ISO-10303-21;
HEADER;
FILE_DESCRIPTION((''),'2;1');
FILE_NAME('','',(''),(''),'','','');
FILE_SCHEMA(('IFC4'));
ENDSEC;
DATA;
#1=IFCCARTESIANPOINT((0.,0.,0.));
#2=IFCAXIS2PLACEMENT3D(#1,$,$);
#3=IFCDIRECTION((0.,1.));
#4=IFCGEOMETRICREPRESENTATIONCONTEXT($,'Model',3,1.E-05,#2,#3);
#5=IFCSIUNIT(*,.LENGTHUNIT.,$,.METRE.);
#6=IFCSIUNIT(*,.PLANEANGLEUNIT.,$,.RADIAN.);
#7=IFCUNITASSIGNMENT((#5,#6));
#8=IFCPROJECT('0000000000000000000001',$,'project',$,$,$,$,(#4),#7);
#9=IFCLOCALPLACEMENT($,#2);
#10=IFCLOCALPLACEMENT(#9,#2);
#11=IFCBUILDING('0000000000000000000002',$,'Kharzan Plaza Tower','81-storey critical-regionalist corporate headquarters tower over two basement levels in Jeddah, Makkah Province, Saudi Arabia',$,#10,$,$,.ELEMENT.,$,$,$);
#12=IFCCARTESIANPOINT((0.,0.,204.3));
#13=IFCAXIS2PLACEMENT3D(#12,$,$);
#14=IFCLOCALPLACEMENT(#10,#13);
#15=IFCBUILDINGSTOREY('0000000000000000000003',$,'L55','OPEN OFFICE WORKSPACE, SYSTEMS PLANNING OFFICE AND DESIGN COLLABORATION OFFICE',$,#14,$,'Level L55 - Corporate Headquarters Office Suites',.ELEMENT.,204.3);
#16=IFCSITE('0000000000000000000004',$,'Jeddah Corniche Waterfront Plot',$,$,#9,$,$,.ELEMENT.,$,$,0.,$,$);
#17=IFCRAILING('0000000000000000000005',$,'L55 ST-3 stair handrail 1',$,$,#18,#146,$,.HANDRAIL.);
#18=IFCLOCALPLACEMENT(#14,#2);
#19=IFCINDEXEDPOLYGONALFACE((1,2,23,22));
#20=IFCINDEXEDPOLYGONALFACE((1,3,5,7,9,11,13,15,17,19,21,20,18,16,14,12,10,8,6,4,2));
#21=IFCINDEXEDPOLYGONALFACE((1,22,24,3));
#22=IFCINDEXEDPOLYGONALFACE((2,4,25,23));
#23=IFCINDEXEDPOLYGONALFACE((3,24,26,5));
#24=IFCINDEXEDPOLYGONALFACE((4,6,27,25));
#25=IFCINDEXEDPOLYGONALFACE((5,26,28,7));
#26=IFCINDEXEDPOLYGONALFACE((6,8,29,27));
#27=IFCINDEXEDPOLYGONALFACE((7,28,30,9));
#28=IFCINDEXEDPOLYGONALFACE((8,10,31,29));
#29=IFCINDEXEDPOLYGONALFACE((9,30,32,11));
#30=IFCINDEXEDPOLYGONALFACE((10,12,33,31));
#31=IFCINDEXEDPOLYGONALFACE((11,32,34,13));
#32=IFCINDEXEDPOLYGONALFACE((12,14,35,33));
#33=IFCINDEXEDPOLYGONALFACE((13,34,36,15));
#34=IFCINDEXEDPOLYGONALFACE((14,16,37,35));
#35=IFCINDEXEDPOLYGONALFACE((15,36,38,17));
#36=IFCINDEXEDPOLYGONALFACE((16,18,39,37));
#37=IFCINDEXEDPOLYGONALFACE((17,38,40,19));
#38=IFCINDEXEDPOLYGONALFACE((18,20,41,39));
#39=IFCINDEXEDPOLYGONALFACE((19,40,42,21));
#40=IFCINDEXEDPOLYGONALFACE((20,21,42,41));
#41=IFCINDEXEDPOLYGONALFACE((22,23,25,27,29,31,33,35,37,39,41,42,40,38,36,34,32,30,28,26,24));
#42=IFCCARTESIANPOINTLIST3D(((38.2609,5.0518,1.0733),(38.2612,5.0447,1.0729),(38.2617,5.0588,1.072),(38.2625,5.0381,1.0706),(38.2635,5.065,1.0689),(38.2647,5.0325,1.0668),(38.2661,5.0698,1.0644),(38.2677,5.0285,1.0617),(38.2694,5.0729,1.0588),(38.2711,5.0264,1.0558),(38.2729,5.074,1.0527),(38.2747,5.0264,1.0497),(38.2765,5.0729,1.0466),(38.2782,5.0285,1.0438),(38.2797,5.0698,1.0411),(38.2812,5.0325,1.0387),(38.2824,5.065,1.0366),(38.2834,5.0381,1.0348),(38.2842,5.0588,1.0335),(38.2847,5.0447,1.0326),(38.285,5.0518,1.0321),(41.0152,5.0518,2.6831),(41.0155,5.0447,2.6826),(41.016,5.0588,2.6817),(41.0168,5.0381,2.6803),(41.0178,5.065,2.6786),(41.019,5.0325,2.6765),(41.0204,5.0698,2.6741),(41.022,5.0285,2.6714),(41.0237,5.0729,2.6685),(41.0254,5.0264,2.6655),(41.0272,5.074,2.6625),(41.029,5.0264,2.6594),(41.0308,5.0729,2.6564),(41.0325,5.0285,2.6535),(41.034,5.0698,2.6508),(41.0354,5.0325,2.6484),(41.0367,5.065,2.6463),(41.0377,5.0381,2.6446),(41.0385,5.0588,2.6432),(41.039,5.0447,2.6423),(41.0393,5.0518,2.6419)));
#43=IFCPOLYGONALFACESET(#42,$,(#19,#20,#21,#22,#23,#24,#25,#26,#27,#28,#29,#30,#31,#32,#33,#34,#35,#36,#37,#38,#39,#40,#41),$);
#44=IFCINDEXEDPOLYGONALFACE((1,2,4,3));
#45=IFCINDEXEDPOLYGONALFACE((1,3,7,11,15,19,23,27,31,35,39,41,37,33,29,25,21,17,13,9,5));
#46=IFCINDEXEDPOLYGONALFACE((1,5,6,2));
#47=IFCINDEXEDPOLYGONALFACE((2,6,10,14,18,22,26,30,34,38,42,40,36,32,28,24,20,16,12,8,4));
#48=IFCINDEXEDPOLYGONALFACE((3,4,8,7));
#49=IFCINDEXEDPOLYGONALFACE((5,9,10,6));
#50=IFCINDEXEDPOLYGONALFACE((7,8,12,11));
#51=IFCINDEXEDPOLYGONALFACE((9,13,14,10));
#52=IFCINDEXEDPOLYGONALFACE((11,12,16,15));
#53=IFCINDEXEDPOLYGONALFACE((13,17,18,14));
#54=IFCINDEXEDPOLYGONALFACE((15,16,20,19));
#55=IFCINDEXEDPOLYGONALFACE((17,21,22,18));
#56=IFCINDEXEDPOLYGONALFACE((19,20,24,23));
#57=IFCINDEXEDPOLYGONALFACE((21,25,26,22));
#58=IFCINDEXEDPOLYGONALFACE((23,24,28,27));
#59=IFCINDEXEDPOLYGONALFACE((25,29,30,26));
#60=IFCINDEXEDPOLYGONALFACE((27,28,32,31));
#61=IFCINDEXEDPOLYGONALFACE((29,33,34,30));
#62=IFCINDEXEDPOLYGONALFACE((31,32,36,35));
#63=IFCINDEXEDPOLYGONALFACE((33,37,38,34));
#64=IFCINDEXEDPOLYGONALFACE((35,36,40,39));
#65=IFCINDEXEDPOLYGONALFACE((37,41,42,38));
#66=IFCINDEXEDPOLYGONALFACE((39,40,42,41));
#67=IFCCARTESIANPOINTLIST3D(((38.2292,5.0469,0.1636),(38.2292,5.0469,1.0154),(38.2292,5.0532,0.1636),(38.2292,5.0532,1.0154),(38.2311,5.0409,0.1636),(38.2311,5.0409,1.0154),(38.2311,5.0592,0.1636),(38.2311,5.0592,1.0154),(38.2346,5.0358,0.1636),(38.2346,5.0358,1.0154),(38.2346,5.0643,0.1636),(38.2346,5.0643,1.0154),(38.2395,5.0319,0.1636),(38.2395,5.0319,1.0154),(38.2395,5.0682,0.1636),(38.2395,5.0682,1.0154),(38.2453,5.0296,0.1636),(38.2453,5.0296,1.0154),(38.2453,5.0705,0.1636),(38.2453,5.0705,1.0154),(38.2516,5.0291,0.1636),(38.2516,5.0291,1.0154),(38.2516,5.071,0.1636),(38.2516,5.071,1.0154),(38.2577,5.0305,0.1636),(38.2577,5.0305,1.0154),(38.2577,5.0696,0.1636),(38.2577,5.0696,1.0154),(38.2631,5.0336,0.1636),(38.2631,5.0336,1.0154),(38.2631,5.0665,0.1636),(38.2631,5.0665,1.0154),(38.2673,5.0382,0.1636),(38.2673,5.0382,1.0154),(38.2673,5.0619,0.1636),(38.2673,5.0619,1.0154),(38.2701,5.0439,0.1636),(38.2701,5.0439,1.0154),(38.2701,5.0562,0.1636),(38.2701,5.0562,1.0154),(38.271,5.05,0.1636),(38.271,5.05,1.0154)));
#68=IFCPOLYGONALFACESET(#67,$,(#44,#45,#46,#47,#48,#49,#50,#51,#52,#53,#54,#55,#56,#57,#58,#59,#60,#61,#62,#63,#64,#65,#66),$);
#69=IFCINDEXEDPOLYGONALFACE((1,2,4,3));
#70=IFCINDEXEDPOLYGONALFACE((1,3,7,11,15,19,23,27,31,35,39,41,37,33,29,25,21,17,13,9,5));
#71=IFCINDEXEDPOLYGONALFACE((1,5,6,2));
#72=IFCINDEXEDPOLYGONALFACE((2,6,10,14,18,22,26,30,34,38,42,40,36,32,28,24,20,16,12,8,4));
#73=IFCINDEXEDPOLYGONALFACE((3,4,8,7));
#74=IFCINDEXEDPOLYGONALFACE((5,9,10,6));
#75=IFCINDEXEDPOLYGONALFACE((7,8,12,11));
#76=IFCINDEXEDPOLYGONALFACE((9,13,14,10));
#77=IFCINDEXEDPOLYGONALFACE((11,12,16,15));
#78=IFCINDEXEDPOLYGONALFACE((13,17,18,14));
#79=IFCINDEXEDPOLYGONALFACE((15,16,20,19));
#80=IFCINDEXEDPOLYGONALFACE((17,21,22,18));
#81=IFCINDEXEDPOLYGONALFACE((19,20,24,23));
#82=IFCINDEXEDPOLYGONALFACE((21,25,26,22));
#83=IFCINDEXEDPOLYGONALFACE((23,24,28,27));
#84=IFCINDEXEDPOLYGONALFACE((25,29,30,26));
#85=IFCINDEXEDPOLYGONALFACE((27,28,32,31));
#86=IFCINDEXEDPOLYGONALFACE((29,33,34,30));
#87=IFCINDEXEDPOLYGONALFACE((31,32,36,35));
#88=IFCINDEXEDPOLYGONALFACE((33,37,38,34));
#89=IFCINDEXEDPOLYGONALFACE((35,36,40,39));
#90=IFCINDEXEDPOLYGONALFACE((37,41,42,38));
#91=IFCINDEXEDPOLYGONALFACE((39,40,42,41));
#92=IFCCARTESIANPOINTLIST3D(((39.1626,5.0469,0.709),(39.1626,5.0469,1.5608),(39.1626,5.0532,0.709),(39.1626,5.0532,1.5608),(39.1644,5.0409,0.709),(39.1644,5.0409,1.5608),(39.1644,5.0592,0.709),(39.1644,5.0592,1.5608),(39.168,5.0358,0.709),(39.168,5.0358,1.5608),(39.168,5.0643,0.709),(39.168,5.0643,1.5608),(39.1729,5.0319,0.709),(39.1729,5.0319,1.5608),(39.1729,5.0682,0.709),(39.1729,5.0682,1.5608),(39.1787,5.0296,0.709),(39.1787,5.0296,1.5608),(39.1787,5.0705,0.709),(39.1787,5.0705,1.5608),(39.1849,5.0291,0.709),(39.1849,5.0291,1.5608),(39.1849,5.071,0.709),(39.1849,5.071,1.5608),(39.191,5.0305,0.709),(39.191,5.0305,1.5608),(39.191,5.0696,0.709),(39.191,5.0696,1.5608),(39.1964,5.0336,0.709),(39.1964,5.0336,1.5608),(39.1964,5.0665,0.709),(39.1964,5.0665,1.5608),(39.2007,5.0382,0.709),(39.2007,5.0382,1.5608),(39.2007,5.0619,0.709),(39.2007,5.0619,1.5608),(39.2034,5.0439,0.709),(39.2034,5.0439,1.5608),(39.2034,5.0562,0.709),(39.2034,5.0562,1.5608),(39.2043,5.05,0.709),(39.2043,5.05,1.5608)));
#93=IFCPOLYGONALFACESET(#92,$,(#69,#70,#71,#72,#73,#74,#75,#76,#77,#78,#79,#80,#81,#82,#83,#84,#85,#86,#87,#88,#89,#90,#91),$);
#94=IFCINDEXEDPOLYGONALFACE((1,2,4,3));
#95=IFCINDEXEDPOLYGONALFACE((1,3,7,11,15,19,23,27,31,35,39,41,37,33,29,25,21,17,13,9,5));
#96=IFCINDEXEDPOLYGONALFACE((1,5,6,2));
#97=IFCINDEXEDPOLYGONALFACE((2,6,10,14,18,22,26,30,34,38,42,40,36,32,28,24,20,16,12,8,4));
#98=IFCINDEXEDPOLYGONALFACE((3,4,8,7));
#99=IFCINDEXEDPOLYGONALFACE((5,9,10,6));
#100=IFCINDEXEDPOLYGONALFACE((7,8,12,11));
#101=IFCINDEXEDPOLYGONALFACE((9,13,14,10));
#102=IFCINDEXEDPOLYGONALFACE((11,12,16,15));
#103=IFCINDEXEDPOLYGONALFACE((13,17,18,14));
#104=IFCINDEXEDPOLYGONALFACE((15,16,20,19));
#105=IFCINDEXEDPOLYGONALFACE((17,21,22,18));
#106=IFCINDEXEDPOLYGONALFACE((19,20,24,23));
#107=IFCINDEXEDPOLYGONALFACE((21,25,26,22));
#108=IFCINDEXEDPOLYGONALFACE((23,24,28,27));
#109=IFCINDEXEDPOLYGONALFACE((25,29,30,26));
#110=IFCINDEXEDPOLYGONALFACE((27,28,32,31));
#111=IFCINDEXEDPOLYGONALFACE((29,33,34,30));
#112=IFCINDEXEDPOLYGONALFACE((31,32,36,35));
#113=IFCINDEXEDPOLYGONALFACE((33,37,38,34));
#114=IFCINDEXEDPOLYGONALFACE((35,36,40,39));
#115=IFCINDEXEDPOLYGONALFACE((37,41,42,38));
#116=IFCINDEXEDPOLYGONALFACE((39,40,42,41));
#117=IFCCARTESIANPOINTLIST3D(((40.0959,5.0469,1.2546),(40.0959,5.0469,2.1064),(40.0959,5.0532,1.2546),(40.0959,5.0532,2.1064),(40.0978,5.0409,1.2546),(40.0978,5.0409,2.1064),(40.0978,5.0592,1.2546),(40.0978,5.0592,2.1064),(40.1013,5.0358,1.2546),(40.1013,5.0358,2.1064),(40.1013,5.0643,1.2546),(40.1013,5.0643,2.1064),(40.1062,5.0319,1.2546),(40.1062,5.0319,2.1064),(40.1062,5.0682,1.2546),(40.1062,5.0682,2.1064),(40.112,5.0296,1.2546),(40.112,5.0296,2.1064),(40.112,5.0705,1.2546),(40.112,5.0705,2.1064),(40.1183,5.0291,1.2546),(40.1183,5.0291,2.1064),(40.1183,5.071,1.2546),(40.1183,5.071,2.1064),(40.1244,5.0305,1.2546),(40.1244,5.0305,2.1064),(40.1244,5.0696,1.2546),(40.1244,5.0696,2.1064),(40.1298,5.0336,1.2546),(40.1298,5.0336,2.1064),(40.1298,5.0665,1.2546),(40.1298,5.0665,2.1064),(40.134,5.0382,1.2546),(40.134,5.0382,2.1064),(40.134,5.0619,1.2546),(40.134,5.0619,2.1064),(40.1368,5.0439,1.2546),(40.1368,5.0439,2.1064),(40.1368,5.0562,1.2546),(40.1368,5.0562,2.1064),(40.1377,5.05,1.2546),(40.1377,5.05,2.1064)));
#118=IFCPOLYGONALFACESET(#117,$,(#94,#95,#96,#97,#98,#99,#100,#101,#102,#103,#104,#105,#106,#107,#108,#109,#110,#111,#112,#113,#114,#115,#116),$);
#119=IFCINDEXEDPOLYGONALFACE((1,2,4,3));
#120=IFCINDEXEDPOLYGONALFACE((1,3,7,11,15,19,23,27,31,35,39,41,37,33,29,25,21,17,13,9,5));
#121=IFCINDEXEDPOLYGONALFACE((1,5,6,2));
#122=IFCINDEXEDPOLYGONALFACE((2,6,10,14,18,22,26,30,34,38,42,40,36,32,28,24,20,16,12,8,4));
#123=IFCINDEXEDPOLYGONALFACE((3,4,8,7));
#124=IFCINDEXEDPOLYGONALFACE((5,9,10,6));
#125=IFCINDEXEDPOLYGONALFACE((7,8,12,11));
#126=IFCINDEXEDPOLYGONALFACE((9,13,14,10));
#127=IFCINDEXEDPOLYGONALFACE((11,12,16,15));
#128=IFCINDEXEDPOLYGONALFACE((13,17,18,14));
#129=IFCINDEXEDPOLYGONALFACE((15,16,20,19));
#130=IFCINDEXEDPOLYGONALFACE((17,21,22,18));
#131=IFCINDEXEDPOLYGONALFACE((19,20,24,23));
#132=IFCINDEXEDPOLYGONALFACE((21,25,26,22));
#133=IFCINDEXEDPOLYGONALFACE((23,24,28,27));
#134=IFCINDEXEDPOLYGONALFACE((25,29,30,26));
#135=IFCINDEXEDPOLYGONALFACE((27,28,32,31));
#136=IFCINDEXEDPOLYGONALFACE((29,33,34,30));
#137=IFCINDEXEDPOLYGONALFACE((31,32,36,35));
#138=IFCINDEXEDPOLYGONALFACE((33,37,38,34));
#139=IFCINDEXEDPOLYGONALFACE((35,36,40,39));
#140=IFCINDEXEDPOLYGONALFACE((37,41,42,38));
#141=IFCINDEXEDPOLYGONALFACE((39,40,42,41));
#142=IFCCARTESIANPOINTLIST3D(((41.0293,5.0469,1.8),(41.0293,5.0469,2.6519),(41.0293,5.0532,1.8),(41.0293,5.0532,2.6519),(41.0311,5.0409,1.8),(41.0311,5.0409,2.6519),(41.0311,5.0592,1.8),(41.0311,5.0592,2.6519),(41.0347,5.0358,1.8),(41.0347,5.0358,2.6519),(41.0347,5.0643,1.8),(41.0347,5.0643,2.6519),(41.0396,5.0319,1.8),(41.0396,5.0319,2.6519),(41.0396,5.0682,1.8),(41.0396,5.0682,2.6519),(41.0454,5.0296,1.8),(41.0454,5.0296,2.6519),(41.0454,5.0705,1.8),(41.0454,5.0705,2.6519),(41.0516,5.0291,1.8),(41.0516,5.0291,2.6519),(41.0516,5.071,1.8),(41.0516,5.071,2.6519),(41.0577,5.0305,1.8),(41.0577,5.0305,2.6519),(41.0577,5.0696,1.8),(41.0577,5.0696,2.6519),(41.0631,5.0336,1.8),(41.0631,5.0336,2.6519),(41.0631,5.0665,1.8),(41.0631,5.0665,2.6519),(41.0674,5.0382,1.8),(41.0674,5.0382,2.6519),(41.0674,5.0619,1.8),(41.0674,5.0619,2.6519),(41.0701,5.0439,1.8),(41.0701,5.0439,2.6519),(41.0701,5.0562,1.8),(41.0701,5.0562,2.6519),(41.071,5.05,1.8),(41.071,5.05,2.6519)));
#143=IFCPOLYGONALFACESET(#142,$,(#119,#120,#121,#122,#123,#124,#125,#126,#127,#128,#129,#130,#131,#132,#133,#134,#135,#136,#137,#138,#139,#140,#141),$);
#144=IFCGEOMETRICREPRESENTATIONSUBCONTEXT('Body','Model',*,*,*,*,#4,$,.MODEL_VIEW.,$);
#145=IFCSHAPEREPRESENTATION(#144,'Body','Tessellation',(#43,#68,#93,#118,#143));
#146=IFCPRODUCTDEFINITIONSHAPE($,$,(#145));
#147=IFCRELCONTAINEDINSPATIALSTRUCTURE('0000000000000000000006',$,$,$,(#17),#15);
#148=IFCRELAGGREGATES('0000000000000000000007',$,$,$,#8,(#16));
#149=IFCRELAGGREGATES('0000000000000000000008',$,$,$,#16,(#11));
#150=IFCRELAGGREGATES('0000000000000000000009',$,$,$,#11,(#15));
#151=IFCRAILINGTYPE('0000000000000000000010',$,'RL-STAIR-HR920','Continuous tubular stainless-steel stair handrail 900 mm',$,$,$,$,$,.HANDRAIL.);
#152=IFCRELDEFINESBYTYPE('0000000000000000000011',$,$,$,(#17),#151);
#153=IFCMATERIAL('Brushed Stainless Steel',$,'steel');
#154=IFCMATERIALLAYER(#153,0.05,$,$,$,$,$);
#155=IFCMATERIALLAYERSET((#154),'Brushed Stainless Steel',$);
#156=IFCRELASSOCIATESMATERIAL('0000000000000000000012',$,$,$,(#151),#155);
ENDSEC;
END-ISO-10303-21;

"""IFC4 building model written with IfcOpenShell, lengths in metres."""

from ifc_helpers import new_model, si_unit, direction, frame, origin, origin_2d, place, context, subcontext, project, spatial, circle, extrude, source, transform, mapped, material, layer, layer_set, type_object, element, save


model = new_model("IFC4")

# Units and contexts
model_context = context("Model", 3, precision=1e-05, world=origin(), true_north=direction((0.0, 1.0)))
body_context = subcontext(model_context, "Body", "Model", "MODEL_VIEW")
ifc_project = project(units=[si_unit("LENGTHUNIT", "METRE"), si_unit("PLANEANGLEUNIT", "RADIAN")], contexts=[model_context])

# Site, building, storey
site_placement = place(None, origin())
site = spatial("IfcSite", under=ifc_project, at=site_placement, Name="Jeddah Corniche Waterfront Plot", CompositionType="ELEMENT", RefElevation=0.0)
building_placement = place(site_placement, origin())
building = spatial("IfcBuilding", under=site, at=building_placement, Name="Kharzan Plaza Tower", Description="81-storey critical-regionalist corporate headquarters tower over two basement levels in Jeddah, Makkah Province, Saudi Arabia", CompositionType="ELEMENT")
storey_placement = place(building_placement, frame((0.0, 0.0, 204.3)))
storey = spatial("IfcBuildingStorey", under=building, at=storey_placement, Name="L55", Description="OPEN OFFICE WORKSPACE, SYSTEMS PLANNING OFFICE AND DESIGN COLLABORATION OFFICE", LongName="Level L55 - Corporate Headquarters Office Suites", CompositionType="ELEMENT", Elevation=204.3)

# Railing
ifc_material_1 = material(Name="Brushed Stainless Steel", Category="steel")
ifc_layer_1 = layer(ifc_material_1, 0.05)
ifc_layer_set_1 = layer_set([ifc_layer_1], Name="Brushed Stainless Steel")
railing_type_1 = type_object("IfcRailingType", Name="RL-STAIR-HR920", Description="Continuous tubular stainless-steel stair handrail 900 mm", PredefinedType="HANDRAIL", material=ifc_layer_set_1)
shared_shape_1 = source(origin(), body_context, "Body", "SweptSolid", [
    extrude(circle(Radius=0.0239, at=origin_2d()), frame((0.0229, 0.0, 0.8892), z_axis=(0.863361, 0.0, 0.504587), x_axis=(0.0, 1.0, 0.0)), (0.0, 0.0, 1.0), 3.1902),
    extrude(circle(Radius=0.021, at=origin_2d()), origin(), (0.0, 0.0, 1.0), 0.8518),
    extrude(circle(Radius=0.021, at=origin_2d()), frame((0.9333, 0.0, 0.5454)), (0.0, 0.0, 1.0), 0.8518),
    extrude(circle(Radius=0.021, at=origin_2d()), frame((1.8667, 0.0, 1.0911)), (0.0, 0.0, 1.0), 0.8518),
    extrude(circle(Radius=0.021, at=origin_2d()), frame((2.8, 0.0, 1.6365)), (0.0, 0.0, 1.0), 0.8518),
])
railing_1_placement = place(storey_placement, frame((38.25, 5.05, 0.1636)))
element("IfcRailing", 1, at=railing_1_placement, inside=storey, type_object=railing_type_1, Name="L55 ST-3 stair handrail 1", PredefinedType="HANDRAIL", context=body_context, shape_type="MappedRepresentation", body=[
    mapped(shared_shape_1, transform((0.0, 0.0, 0.0), x_axis=(1.0, 0.0, 0.0), y_axis=(0.0, 1.0, 0.0), z_axis=(0.0, 0.0, 1.0))),
])

save(model, "model.ifc")
